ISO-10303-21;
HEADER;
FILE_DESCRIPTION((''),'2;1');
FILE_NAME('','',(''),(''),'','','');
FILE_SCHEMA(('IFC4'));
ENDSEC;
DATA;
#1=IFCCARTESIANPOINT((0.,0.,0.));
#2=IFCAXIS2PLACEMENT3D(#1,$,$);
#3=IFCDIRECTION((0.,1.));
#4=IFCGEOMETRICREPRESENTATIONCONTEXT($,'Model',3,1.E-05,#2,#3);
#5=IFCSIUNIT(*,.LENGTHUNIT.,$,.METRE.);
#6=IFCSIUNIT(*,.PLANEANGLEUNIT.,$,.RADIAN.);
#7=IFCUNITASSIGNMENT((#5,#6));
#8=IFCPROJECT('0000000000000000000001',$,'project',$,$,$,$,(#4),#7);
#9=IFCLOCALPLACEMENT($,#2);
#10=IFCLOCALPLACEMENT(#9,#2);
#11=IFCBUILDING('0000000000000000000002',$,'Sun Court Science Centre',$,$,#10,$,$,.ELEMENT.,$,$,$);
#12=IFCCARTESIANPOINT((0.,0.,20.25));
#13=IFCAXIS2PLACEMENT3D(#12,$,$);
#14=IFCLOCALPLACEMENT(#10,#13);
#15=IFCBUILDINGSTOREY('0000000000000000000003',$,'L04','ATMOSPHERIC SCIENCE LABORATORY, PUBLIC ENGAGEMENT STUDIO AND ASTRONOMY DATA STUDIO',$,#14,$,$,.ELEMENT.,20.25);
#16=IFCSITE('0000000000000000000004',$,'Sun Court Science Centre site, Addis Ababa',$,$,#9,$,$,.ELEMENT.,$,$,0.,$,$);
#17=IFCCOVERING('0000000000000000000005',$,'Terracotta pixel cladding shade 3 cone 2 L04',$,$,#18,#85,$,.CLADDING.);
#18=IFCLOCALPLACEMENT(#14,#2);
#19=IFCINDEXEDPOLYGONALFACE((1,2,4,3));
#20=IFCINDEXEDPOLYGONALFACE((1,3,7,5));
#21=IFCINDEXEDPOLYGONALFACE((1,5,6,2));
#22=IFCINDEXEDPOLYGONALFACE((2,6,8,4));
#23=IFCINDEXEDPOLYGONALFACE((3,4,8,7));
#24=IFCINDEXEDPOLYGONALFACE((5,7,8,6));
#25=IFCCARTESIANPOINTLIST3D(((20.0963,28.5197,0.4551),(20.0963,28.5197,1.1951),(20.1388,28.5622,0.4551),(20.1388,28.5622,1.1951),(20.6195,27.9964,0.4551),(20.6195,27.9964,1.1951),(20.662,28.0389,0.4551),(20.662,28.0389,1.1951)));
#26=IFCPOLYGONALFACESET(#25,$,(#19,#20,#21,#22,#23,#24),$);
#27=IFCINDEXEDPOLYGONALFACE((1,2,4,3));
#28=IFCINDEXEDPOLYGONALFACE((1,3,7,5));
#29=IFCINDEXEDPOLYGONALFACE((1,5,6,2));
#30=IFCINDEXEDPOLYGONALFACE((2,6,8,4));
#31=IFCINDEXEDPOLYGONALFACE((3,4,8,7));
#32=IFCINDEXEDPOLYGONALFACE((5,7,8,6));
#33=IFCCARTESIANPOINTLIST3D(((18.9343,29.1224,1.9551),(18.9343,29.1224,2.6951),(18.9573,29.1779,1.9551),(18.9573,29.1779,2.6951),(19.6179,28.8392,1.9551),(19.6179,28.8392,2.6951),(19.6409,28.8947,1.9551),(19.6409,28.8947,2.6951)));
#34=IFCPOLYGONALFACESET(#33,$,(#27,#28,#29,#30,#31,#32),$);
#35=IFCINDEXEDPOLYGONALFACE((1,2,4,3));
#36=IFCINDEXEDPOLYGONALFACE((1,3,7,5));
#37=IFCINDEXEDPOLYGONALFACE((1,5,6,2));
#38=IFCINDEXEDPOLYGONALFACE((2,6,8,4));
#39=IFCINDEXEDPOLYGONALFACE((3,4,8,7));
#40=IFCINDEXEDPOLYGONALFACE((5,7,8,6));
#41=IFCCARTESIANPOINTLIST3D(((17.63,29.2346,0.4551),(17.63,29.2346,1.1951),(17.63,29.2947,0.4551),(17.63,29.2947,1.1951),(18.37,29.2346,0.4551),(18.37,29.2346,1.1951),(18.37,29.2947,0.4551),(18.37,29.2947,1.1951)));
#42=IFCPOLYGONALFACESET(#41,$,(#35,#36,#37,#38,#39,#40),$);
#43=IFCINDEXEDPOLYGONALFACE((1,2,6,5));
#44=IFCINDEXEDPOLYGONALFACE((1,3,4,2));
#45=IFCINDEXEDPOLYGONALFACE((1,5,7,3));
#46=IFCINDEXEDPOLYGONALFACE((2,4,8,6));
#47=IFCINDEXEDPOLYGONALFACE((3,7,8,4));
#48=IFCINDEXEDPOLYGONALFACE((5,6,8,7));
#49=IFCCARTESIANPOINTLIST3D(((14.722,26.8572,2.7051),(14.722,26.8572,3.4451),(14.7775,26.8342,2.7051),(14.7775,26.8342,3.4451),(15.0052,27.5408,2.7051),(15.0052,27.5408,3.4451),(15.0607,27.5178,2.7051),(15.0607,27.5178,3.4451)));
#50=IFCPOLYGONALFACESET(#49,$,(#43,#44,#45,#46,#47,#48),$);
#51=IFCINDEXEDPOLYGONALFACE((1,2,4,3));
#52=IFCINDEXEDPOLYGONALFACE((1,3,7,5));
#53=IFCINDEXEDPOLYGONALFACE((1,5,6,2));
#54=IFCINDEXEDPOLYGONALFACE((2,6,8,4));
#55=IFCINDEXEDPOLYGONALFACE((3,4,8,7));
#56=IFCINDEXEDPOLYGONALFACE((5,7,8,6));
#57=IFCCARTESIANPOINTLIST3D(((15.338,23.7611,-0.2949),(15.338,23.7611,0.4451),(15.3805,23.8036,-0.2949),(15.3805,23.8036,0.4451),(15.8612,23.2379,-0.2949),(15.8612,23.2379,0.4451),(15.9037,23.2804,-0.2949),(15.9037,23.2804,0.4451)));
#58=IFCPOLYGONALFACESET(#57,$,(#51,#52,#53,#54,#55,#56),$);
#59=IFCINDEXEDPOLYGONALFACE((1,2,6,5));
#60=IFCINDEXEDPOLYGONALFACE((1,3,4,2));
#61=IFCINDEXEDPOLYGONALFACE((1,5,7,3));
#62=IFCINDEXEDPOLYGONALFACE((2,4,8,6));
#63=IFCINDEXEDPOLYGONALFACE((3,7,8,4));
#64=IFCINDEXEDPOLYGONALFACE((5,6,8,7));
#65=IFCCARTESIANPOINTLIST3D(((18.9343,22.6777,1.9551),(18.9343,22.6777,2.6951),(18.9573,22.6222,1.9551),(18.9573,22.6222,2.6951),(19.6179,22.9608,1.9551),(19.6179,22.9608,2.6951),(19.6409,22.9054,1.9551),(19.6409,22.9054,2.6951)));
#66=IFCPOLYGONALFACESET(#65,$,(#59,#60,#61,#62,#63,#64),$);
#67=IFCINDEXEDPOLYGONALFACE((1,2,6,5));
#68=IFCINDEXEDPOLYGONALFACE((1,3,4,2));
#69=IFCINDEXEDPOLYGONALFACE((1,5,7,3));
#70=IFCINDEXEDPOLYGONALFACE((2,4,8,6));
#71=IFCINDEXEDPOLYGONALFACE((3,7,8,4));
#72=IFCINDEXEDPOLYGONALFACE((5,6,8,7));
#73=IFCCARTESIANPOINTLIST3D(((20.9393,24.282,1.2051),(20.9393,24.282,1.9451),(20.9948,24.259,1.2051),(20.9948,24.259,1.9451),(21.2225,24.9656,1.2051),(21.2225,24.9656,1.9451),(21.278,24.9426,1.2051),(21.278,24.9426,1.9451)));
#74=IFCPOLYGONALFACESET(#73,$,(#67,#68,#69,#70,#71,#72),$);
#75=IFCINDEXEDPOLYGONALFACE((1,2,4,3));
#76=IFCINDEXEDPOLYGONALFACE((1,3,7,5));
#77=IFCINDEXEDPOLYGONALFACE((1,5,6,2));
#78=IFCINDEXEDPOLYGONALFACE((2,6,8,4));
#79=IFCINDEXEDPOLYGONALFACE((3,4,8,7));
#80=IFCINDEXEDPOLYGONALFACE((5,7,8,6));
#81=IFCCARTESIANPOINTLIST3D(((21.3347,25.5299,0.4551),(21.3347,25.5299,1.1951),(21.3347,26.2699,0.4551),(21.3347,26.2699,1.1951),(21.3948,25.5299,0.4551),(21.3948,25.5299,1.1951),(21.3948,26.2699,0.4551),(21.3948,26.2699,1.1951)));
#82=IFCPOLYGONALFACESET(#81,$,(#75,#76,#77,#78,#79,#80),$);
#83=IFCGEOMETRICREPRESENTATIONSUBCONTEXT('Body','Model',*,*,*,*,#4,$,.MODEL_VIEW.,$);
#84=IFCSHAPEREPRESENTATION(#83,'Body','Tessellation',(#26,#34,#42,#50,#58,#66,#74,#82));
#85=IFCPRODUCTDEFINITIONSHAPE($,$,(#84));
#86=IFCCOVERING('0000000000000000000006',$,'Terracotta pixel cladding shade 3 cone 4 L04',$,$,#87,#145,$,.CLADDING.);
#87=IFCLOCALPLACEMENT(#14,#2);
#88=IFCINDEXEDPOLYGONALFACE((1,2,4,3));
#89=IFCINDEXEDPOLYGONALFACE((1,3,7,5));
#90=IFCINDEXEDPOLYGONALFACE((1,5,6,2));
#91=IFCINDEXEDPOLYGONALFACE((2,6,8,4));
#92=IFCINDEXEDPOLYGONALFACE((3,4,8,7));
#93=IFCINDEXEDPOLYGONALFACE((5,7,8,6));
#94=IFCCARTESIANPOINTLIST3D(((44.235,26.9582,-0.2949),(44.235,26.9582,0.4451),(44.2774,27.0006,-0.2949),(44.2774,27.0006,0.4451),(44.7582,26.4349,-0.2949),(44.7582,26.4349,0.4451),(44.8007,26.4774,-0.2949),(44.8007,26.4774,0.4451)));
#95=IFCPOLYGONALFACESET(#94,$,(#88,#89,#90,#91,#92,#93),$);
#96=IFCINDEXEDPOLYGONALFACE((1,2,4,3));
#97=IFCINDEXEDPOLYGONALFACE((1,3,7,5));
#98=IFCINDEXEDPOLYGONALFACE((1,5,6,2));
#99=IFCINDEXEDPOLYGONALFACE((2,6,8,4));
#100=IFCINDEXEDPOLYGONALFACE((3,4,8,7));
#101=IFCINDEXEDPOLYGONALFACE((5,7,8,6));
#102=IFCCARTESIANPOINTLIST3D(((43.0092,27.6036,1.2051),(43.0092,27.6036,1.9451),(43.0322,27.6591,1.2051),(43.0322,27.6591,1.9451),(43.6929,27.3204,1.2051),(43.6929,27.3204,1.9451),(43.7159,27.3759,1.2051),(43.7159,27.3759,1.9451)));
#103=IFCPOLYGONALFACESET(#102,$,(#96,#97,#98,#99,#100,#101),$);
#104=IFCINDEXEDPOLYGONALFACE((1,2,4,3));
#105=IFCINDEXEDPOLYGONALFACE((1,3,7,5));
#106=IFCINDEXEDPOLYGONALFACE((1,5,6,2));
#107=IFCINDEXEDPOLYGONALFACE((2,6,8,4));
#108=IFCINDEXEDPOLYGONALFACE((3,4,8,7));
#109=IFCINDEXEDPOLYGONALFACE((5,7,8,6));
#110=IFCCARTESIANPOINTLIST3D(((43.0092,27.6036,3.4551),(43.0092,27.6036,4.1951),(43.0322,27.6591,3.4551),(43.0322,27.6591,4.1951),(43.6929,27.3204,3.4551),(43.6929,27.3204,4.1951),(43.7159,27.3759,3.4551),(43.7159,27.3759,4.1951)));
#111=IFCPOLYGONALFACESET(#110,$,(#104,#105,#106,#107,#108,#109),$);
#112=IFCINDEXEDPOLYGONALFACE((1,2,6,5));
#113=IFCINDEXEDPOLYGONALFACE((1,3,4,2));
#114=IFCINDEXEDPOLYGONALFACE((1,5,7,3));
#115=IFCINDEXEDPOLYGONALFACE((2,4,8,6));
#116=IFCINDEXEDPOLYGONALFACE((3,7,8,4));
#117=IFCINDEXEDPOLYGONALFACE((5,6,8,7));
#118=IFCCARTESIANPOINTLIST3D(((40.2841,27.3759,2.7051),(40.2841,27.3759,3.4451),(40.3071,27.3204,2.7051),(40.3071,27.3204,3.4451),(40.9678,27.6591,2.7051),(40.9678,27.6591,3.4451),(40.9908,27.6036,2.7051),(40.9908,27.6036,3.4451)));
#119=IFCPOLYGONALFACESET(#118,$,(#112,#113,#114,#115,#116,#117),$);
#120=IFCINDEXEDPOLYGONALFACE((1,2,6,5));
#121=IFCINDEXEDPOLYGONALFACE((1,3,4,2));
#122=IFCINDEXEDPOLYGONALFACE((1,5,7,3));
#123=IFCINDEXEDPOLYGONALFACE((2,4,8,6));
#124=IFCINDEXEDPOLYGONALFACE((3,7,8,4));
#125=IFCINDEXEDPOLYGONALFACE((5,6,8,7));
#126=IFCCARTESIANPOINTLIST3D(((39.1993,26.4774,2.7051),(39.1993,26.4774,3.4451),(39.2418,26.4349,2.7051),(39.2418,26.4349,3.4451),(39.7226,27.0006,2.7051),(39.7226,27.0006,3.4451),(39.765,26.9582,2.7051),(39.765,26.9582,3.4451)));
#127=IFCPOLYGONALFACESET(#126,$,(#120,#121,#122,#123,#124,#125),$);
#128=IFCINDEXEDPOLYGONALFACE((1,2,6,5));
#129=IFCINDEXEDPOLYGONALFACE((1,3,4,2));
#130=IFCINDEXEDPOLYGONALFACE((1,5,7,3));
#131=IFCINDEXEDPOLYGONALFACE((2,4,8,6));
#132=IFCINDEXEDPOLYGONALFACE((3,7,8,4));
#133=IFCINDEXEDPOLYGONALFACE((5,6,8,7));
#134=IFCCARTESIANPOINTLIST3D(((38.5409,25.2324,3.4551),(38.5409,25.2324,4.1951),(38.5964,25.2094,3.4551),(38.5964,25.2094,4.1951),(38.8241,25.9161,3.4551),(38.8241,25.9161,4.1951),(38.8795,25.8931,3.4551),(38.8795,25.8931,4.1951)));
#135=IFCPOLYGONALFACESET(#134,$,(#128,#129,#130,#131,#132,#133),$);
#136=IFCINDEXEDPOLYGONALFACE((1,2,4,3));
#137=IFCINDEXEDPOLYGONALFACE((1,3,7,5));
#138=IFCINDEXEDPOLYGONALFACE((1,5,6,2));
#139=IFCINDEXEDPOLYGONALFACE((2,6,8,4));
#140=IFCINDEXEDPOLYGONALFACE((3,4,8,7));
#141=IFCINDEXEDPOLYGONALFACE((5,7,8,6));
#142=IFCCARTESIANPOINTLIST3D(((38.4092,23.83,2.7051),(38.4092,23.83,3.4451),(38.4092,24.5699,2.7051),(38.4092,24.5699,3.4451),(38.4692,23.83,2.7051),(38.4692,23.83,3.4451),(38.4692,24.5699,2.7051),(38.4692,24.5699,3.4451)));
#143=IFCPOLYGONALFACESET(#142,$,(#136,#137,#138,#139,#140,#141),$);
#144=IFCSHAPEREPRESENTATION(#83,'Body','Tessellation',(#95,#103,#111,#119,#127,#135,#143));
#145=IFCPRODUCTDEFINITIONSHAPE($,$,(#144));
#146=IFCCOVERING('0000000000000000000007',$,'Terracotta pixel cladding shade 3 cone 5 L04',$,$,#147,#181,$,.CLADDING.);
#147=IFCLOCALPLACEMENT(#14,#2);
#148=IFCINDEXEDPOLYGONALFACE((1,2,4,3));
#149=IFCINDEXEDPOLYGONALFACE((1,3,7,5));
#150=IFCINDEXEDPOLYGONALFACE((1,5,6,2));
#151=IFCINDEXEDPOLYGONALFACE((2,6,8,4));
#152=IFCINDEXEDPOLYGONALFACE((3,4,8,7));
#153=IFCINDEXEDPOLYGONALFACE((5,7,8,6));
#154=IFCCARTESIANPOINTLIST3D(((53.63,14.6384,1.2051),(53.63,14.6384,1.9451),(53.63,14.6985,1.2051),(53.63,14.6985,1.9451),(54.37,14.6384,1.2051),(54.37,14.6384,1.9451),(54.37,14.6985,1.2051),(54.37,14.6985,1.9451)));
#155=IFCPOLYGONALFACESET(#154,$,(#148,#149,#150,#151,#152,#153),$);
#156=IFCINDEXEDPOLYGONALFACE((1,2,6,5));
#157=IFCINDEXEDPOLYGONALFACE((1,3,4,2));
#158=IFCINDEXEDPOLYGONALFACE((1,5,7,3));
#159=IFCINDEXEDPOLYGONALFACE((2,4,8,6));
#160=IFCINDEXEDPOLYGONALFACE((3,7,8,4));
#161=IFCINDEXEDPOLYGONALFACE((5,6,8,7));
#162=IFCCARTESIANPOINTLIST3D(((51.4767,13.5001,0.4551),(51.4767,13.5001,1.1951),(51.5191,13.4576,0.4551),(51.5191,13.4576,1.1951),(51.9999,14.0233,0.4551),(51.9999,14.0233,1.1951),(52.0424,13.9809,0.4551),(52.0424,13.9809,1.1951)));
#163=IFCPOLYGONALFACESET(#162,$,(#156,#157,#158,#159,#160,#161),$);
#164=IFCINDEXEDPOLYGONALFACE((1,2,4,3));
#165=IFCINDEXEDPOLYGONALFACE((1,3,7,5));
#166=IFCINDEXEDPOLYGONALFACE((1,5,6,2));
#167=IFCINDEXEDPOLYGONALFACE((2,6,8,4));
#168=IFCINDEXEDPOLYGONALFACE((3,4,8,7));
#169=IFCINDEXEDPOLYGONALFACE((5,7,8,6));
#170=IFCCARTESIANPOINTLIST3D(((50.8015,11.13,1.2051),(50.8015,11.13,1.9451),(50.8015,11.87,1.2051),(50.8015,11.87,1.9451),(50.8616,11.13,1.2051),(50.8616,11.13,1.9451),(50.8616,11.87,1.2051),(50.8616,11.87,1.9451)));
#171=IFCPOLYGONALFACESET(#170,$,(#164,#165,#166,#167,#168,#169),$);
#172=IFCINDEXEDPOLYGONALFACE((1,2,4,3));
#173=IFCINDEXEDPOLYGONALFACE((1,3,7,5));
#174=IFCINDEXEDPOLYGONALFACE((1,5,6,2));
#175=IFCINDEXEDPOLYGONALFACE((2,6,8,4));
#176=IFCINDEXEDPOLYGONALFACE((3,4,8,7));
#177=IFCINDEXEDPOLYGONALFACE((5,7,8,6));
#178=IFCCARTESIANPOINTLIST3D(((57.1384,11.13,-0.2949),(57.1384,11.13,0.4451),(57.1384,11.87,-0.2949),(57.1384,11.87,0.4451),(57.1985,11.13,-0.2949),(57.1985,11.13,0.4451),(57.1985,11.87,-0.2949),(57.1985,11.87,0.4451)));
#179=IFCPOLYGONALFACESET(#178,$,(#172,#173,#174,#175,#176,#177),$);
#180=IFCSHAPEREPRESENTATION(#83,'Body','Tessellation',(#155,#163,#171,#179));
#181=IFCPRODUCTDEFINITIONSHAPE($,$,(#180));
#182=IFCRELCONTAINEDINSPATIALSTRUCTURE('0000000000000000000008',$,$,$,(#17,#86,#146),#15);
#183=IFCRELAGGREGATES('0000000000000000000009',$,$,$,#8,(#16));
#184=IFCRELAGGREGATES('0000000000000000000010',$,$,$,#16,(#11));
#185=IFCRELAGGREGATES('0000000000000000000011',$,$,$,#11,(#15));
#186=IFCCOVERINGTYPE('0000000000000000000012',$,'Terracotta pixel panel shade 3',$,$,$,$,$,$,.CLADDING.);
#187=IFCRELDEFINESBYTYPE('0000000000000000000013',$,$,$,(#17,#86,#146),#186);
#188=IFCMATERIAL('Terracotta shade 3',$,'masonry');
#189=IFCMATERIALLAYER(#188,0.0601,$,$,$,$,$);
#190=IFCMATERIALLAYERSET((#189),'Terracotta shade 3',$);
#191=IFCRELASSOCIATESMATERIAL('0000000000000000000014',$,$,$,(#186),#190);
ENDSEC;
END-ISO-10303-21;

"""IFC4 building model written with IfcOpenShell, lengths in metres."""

from ifc_helpers import new_model, si_unit, direction, frame, origin, origin_2d, place, context, subcontext, project, spatial, rectangle, extrude, material, layer, layer_set, type_object, element, save


model = new_model("IFC4")

# Units and contexts
model_context = context("Model", 3, precision=1e-05, world=origin(), true_north=direction((0.0, 1.0)))
body_context = subcontext(model_context, "Body", "Model", "MODEL_VIEW")
ifc_project = project(units=[si_unit("LENGTHUNIT", "METRE"), si_unit("PLANEANGLEUNIT", "RADIAN")], contexts=[model_context])

# Site, building, storey
site_placement = place(None, origin())
site = spatial("IfcSite", under=ifc_project, at=site_placement, Name="Sun Court Science Centre site, Addis Ababa", CompositionType="ELEMENT", RefElevation=0.0)
building_placement = place(site_placement, origin())
building = spatial("IfcBuilding", under=site, at=building_placement, Name="Sun Court Science Centre", CompositionType="ELEMENT")
storey_placement = place(building_placement, frame((0.0, 0.0, 20.25)))
storey = spatial("IfcBuildingStorey", under=building, at=storey_placement, Name="L04", Description="ATMOSPHERIC SCIENCE LABORATORY, PUBLIC ENGAGEMENT STUDIO AND ASTRONOMY DATA STUDIO", CompositionType="ELEMENT", Elevation=20.25)

# Coverings
ifc_material_1 = material(Name="Terracotta shade 3", Category="masonry")
ifc_layer_1 = layer(ifc_material_1, 0.0601)
ifc_layer_set_1 = layer_set([ifc_layer_1], Name="Terracotta shade 3")
covering_type_1 = type_object("IfcCoveringType", Name="Terracotta pixel panel shade 3", PredefinedType="CLADDING", material=ifc_layer_set_1)
covering_1_placement = place(storey_placement, frame((0.0, 0.0, -20.25)))
element("IfcCovering", 1, at=covering_1_placement, inside=storey, type_object=covering_type_1, Name="Terracotta pixel cladding shade 3 cone 2 L04", PredefinedType="CLADDING", context=body_context, shape_type="SweptSolid", body=[
    extrude(rectangle(XDim=0.74, YDim=0.0601, at=origin_2d()), frame((20.3792, 28.2793, 20.7051), z_axis=(0.0, 0.0, 1.0), x_axis=(0.707107, -0.707107, 0.0)), (0.0, 0.0, 1.0), 0.74),
    extrude(rectangle(XDim=0.74, YDim=0.0601, at=origin_2d()), frame((19.2876, 29.0085, 22.2051), z_axis=(0.0, 0.0, 1.0), x_axis=(0.92388, -0.382683, 0.0)), (0.0, 0.0, 1.0), 0.74),
    extrude(rectangle(XDim=0.74, YDim=0.0601, at=origin_2d()), frame((18.0, 29.2646, 20.7051), z_axis=(0.0, 0.0, 1.0), x_axis=(1.0, 0.0, 0.0)), (0.0, 0.0, 1.0), 0.74),
    extrude(rectangle(XDim=0.74, YDim=0.0601, at=origin_2d()), frame((14.8914, 27.1875, 22.9551), z_axis=(0.0, 0.0, 1.0), x_axis=(0.382683, 0.92388, 0.0)), (0.0, 0.0, 1.0), 0.74),
    extrude(rectangle(XDim=0.74, YDim=0.0601, at=origin_2d()), frame((15.6208, 23.5208, 19.9551), z_axis=(0.0, 0.0, 1.0), x_axis=(-0.707107, 0.707107, 0.0)), (0.0, 0.0, 1.0), 0.74),
    extrude(rectangle(XDim=0.74, YDim=0.0601, at=origin_2d()), frame((19.2876, 22.7915, 22.2051), z_axis=(0.0, 0.0, 1.0), x_axis=(-0.92388, -0.382683, 0.0)), (0.0, 0.0, 1.0), 0.74),
    extrude(rectangle(XDim=0.74, YDim=0.0601, at=origin_2d()), frame((21.1086, 24.6123, 21.4551), z_axis=(0.0, 0.0, 1.0), x_axis=(-0.382683, -0.92388, 0.0)), (0.0, 0.0, 1.0), 0.74),
    extrude(rectangle(XDim=0.74, YDim=0.0601, at=origin_2d()), frame((21.3647, 25.8999, 20.7051), z_axis=(0.0, 0.0, 1.0), x_axis=(0.0, -1.0, 0.0)), (0.0, 0.0, 1.0), 0.74),
])
covering_2_placement = place(storey_placement, frame((0.0, 0.0, -20.25)))
element("IfcCovering", 2, at=covering_2_placement, inside=storey, type_object=covering_type_1, Name="Terracotta pixel cladding shade 3 cone 4 L04", PredefinedType="CLADDING", context=body_context, shape_type="SweptSolid", body=[
    extrude(rectangle(XDim=0.74, YDim=0.0601, at=origin_2d()), frame((44.5178, 26.7178, 19.9551), z_axis=(0.0, 0.0, 1.0), x_axis=(0.707107, -0.707107, 0.0)), (0.0, 0.0, 1.0), 0.74),
    extrude(rectangle(XDim=0.74, YDim=0.0601, at=origin_2d()), frame((43.3625, 27.4897, 21.4551), z_axis=(0.0, 0.0, 1.0), x_axis=(0.92388, -0.382683, 0.0)), (0.0, 0.0, 1.0), 0.74),
    extrude(rectangle(XDim=0.74, YDim=0.0601, at=origin_2d()), frame((43.3625, 27.4897, 23.7051), z_axis=(0.0, 0.0, 1.0), x_axis=(0.92388, -0.382683, 0.0)), (0.0, 0.0, 1.0), 0.74),
    extrude(rectangle(XDim=0.74, YDim=0.0601, at=origin_2d()), frame((40.6375, 27.4897, 22.9551), z_axis=(0.0, 0.0, 1.0), x_axis=(0.92388, 0.382683, 0.0)), (0.0, 0.0, 1.0), 0.74),
    extrude(rectangle(XDim=0.74, YDim=0.0601, at=origin_2d()), frame((39.4822, 26.7178, 22.9551), z_axis=(0.0, 0.0, 1.0), x_axis=(0.707107, 0.707107, 0.0)), (0.0, 0.0, 1.0), 0.74),
    extrude(rectangle(XDim=0.74, YDim=0.0601, at=origin_2d()), frame((38.7102, 25.5627, 23.7051), z_axis=(0.0, 0.0, 1.0), x_axis=(0.382683, 0.92388, 0.0)), (0.0, 0.0, 1.0), 0.74),
    extrude(rectangle(XDim=0.74, YDim=0.0601, at=origin_2d()), frame((38.4392, 24.2, 22.9551), z_axis=(0.0, 0.0, 1.0), x_axis=(0.0, 1.0, 0.0)), (0.0, 0.0, 1.0), 0.74),
])
covering_3_placement = place(storey_placement, frame((0.0, 0.0, -20.25)))
element("IfcCovering", 3, at=covering_3_placement, inside=storey, type_object=covering_type_1, Name="Terracotta pixel cladding shade 3 cone 5 L04", PredefinedType="CLADDING", context=body_context, shape_type="SweptSolid", body=[
    extrude(rectangle(XDim=0.74, YDim=0.0601, at=origin_2d()), frame((54.0, 14.6685, 21.4551), z_axis=(0.0, 0.0, 1.0), x_axis=(1.0, 0.0, 0.0)), (0.0, 0.0, 1.0), 0.74),
    extrude(rectangle(XDim=0.74, YDim=0.0601, at=origin_2d()), frame((51.7595, 13.7405, 20.7051), z_axis=(0.0, 0.0, 1.0), x_axis=(0.707107, 0.707107, 0.0)), (0.0, 0.0, 1.0), 0.74),
    extrude(rectangle(XDim=0.74, YDim=0.0601, at=origin_2d()), frame((50.8315, 11.5, 21.4551), z_axis=(0.0, 0.0, 1.0), x_axis=(0.0, 1.0, 0.0)), (0.0, 0.0, 1.0), 0.74),
    extrude(rectangle(XDim=0.74, YDim=0.0601, at=origin_2d()), frame((57.1685, 11.5, 19.9551), z_axis=(0.0, 0.0, 1.0), x_axis=(0.0, -1.0, 0.0)), (0.0, 0.0, 1.0), 0.74),
])

save(model, "model.ifc")
